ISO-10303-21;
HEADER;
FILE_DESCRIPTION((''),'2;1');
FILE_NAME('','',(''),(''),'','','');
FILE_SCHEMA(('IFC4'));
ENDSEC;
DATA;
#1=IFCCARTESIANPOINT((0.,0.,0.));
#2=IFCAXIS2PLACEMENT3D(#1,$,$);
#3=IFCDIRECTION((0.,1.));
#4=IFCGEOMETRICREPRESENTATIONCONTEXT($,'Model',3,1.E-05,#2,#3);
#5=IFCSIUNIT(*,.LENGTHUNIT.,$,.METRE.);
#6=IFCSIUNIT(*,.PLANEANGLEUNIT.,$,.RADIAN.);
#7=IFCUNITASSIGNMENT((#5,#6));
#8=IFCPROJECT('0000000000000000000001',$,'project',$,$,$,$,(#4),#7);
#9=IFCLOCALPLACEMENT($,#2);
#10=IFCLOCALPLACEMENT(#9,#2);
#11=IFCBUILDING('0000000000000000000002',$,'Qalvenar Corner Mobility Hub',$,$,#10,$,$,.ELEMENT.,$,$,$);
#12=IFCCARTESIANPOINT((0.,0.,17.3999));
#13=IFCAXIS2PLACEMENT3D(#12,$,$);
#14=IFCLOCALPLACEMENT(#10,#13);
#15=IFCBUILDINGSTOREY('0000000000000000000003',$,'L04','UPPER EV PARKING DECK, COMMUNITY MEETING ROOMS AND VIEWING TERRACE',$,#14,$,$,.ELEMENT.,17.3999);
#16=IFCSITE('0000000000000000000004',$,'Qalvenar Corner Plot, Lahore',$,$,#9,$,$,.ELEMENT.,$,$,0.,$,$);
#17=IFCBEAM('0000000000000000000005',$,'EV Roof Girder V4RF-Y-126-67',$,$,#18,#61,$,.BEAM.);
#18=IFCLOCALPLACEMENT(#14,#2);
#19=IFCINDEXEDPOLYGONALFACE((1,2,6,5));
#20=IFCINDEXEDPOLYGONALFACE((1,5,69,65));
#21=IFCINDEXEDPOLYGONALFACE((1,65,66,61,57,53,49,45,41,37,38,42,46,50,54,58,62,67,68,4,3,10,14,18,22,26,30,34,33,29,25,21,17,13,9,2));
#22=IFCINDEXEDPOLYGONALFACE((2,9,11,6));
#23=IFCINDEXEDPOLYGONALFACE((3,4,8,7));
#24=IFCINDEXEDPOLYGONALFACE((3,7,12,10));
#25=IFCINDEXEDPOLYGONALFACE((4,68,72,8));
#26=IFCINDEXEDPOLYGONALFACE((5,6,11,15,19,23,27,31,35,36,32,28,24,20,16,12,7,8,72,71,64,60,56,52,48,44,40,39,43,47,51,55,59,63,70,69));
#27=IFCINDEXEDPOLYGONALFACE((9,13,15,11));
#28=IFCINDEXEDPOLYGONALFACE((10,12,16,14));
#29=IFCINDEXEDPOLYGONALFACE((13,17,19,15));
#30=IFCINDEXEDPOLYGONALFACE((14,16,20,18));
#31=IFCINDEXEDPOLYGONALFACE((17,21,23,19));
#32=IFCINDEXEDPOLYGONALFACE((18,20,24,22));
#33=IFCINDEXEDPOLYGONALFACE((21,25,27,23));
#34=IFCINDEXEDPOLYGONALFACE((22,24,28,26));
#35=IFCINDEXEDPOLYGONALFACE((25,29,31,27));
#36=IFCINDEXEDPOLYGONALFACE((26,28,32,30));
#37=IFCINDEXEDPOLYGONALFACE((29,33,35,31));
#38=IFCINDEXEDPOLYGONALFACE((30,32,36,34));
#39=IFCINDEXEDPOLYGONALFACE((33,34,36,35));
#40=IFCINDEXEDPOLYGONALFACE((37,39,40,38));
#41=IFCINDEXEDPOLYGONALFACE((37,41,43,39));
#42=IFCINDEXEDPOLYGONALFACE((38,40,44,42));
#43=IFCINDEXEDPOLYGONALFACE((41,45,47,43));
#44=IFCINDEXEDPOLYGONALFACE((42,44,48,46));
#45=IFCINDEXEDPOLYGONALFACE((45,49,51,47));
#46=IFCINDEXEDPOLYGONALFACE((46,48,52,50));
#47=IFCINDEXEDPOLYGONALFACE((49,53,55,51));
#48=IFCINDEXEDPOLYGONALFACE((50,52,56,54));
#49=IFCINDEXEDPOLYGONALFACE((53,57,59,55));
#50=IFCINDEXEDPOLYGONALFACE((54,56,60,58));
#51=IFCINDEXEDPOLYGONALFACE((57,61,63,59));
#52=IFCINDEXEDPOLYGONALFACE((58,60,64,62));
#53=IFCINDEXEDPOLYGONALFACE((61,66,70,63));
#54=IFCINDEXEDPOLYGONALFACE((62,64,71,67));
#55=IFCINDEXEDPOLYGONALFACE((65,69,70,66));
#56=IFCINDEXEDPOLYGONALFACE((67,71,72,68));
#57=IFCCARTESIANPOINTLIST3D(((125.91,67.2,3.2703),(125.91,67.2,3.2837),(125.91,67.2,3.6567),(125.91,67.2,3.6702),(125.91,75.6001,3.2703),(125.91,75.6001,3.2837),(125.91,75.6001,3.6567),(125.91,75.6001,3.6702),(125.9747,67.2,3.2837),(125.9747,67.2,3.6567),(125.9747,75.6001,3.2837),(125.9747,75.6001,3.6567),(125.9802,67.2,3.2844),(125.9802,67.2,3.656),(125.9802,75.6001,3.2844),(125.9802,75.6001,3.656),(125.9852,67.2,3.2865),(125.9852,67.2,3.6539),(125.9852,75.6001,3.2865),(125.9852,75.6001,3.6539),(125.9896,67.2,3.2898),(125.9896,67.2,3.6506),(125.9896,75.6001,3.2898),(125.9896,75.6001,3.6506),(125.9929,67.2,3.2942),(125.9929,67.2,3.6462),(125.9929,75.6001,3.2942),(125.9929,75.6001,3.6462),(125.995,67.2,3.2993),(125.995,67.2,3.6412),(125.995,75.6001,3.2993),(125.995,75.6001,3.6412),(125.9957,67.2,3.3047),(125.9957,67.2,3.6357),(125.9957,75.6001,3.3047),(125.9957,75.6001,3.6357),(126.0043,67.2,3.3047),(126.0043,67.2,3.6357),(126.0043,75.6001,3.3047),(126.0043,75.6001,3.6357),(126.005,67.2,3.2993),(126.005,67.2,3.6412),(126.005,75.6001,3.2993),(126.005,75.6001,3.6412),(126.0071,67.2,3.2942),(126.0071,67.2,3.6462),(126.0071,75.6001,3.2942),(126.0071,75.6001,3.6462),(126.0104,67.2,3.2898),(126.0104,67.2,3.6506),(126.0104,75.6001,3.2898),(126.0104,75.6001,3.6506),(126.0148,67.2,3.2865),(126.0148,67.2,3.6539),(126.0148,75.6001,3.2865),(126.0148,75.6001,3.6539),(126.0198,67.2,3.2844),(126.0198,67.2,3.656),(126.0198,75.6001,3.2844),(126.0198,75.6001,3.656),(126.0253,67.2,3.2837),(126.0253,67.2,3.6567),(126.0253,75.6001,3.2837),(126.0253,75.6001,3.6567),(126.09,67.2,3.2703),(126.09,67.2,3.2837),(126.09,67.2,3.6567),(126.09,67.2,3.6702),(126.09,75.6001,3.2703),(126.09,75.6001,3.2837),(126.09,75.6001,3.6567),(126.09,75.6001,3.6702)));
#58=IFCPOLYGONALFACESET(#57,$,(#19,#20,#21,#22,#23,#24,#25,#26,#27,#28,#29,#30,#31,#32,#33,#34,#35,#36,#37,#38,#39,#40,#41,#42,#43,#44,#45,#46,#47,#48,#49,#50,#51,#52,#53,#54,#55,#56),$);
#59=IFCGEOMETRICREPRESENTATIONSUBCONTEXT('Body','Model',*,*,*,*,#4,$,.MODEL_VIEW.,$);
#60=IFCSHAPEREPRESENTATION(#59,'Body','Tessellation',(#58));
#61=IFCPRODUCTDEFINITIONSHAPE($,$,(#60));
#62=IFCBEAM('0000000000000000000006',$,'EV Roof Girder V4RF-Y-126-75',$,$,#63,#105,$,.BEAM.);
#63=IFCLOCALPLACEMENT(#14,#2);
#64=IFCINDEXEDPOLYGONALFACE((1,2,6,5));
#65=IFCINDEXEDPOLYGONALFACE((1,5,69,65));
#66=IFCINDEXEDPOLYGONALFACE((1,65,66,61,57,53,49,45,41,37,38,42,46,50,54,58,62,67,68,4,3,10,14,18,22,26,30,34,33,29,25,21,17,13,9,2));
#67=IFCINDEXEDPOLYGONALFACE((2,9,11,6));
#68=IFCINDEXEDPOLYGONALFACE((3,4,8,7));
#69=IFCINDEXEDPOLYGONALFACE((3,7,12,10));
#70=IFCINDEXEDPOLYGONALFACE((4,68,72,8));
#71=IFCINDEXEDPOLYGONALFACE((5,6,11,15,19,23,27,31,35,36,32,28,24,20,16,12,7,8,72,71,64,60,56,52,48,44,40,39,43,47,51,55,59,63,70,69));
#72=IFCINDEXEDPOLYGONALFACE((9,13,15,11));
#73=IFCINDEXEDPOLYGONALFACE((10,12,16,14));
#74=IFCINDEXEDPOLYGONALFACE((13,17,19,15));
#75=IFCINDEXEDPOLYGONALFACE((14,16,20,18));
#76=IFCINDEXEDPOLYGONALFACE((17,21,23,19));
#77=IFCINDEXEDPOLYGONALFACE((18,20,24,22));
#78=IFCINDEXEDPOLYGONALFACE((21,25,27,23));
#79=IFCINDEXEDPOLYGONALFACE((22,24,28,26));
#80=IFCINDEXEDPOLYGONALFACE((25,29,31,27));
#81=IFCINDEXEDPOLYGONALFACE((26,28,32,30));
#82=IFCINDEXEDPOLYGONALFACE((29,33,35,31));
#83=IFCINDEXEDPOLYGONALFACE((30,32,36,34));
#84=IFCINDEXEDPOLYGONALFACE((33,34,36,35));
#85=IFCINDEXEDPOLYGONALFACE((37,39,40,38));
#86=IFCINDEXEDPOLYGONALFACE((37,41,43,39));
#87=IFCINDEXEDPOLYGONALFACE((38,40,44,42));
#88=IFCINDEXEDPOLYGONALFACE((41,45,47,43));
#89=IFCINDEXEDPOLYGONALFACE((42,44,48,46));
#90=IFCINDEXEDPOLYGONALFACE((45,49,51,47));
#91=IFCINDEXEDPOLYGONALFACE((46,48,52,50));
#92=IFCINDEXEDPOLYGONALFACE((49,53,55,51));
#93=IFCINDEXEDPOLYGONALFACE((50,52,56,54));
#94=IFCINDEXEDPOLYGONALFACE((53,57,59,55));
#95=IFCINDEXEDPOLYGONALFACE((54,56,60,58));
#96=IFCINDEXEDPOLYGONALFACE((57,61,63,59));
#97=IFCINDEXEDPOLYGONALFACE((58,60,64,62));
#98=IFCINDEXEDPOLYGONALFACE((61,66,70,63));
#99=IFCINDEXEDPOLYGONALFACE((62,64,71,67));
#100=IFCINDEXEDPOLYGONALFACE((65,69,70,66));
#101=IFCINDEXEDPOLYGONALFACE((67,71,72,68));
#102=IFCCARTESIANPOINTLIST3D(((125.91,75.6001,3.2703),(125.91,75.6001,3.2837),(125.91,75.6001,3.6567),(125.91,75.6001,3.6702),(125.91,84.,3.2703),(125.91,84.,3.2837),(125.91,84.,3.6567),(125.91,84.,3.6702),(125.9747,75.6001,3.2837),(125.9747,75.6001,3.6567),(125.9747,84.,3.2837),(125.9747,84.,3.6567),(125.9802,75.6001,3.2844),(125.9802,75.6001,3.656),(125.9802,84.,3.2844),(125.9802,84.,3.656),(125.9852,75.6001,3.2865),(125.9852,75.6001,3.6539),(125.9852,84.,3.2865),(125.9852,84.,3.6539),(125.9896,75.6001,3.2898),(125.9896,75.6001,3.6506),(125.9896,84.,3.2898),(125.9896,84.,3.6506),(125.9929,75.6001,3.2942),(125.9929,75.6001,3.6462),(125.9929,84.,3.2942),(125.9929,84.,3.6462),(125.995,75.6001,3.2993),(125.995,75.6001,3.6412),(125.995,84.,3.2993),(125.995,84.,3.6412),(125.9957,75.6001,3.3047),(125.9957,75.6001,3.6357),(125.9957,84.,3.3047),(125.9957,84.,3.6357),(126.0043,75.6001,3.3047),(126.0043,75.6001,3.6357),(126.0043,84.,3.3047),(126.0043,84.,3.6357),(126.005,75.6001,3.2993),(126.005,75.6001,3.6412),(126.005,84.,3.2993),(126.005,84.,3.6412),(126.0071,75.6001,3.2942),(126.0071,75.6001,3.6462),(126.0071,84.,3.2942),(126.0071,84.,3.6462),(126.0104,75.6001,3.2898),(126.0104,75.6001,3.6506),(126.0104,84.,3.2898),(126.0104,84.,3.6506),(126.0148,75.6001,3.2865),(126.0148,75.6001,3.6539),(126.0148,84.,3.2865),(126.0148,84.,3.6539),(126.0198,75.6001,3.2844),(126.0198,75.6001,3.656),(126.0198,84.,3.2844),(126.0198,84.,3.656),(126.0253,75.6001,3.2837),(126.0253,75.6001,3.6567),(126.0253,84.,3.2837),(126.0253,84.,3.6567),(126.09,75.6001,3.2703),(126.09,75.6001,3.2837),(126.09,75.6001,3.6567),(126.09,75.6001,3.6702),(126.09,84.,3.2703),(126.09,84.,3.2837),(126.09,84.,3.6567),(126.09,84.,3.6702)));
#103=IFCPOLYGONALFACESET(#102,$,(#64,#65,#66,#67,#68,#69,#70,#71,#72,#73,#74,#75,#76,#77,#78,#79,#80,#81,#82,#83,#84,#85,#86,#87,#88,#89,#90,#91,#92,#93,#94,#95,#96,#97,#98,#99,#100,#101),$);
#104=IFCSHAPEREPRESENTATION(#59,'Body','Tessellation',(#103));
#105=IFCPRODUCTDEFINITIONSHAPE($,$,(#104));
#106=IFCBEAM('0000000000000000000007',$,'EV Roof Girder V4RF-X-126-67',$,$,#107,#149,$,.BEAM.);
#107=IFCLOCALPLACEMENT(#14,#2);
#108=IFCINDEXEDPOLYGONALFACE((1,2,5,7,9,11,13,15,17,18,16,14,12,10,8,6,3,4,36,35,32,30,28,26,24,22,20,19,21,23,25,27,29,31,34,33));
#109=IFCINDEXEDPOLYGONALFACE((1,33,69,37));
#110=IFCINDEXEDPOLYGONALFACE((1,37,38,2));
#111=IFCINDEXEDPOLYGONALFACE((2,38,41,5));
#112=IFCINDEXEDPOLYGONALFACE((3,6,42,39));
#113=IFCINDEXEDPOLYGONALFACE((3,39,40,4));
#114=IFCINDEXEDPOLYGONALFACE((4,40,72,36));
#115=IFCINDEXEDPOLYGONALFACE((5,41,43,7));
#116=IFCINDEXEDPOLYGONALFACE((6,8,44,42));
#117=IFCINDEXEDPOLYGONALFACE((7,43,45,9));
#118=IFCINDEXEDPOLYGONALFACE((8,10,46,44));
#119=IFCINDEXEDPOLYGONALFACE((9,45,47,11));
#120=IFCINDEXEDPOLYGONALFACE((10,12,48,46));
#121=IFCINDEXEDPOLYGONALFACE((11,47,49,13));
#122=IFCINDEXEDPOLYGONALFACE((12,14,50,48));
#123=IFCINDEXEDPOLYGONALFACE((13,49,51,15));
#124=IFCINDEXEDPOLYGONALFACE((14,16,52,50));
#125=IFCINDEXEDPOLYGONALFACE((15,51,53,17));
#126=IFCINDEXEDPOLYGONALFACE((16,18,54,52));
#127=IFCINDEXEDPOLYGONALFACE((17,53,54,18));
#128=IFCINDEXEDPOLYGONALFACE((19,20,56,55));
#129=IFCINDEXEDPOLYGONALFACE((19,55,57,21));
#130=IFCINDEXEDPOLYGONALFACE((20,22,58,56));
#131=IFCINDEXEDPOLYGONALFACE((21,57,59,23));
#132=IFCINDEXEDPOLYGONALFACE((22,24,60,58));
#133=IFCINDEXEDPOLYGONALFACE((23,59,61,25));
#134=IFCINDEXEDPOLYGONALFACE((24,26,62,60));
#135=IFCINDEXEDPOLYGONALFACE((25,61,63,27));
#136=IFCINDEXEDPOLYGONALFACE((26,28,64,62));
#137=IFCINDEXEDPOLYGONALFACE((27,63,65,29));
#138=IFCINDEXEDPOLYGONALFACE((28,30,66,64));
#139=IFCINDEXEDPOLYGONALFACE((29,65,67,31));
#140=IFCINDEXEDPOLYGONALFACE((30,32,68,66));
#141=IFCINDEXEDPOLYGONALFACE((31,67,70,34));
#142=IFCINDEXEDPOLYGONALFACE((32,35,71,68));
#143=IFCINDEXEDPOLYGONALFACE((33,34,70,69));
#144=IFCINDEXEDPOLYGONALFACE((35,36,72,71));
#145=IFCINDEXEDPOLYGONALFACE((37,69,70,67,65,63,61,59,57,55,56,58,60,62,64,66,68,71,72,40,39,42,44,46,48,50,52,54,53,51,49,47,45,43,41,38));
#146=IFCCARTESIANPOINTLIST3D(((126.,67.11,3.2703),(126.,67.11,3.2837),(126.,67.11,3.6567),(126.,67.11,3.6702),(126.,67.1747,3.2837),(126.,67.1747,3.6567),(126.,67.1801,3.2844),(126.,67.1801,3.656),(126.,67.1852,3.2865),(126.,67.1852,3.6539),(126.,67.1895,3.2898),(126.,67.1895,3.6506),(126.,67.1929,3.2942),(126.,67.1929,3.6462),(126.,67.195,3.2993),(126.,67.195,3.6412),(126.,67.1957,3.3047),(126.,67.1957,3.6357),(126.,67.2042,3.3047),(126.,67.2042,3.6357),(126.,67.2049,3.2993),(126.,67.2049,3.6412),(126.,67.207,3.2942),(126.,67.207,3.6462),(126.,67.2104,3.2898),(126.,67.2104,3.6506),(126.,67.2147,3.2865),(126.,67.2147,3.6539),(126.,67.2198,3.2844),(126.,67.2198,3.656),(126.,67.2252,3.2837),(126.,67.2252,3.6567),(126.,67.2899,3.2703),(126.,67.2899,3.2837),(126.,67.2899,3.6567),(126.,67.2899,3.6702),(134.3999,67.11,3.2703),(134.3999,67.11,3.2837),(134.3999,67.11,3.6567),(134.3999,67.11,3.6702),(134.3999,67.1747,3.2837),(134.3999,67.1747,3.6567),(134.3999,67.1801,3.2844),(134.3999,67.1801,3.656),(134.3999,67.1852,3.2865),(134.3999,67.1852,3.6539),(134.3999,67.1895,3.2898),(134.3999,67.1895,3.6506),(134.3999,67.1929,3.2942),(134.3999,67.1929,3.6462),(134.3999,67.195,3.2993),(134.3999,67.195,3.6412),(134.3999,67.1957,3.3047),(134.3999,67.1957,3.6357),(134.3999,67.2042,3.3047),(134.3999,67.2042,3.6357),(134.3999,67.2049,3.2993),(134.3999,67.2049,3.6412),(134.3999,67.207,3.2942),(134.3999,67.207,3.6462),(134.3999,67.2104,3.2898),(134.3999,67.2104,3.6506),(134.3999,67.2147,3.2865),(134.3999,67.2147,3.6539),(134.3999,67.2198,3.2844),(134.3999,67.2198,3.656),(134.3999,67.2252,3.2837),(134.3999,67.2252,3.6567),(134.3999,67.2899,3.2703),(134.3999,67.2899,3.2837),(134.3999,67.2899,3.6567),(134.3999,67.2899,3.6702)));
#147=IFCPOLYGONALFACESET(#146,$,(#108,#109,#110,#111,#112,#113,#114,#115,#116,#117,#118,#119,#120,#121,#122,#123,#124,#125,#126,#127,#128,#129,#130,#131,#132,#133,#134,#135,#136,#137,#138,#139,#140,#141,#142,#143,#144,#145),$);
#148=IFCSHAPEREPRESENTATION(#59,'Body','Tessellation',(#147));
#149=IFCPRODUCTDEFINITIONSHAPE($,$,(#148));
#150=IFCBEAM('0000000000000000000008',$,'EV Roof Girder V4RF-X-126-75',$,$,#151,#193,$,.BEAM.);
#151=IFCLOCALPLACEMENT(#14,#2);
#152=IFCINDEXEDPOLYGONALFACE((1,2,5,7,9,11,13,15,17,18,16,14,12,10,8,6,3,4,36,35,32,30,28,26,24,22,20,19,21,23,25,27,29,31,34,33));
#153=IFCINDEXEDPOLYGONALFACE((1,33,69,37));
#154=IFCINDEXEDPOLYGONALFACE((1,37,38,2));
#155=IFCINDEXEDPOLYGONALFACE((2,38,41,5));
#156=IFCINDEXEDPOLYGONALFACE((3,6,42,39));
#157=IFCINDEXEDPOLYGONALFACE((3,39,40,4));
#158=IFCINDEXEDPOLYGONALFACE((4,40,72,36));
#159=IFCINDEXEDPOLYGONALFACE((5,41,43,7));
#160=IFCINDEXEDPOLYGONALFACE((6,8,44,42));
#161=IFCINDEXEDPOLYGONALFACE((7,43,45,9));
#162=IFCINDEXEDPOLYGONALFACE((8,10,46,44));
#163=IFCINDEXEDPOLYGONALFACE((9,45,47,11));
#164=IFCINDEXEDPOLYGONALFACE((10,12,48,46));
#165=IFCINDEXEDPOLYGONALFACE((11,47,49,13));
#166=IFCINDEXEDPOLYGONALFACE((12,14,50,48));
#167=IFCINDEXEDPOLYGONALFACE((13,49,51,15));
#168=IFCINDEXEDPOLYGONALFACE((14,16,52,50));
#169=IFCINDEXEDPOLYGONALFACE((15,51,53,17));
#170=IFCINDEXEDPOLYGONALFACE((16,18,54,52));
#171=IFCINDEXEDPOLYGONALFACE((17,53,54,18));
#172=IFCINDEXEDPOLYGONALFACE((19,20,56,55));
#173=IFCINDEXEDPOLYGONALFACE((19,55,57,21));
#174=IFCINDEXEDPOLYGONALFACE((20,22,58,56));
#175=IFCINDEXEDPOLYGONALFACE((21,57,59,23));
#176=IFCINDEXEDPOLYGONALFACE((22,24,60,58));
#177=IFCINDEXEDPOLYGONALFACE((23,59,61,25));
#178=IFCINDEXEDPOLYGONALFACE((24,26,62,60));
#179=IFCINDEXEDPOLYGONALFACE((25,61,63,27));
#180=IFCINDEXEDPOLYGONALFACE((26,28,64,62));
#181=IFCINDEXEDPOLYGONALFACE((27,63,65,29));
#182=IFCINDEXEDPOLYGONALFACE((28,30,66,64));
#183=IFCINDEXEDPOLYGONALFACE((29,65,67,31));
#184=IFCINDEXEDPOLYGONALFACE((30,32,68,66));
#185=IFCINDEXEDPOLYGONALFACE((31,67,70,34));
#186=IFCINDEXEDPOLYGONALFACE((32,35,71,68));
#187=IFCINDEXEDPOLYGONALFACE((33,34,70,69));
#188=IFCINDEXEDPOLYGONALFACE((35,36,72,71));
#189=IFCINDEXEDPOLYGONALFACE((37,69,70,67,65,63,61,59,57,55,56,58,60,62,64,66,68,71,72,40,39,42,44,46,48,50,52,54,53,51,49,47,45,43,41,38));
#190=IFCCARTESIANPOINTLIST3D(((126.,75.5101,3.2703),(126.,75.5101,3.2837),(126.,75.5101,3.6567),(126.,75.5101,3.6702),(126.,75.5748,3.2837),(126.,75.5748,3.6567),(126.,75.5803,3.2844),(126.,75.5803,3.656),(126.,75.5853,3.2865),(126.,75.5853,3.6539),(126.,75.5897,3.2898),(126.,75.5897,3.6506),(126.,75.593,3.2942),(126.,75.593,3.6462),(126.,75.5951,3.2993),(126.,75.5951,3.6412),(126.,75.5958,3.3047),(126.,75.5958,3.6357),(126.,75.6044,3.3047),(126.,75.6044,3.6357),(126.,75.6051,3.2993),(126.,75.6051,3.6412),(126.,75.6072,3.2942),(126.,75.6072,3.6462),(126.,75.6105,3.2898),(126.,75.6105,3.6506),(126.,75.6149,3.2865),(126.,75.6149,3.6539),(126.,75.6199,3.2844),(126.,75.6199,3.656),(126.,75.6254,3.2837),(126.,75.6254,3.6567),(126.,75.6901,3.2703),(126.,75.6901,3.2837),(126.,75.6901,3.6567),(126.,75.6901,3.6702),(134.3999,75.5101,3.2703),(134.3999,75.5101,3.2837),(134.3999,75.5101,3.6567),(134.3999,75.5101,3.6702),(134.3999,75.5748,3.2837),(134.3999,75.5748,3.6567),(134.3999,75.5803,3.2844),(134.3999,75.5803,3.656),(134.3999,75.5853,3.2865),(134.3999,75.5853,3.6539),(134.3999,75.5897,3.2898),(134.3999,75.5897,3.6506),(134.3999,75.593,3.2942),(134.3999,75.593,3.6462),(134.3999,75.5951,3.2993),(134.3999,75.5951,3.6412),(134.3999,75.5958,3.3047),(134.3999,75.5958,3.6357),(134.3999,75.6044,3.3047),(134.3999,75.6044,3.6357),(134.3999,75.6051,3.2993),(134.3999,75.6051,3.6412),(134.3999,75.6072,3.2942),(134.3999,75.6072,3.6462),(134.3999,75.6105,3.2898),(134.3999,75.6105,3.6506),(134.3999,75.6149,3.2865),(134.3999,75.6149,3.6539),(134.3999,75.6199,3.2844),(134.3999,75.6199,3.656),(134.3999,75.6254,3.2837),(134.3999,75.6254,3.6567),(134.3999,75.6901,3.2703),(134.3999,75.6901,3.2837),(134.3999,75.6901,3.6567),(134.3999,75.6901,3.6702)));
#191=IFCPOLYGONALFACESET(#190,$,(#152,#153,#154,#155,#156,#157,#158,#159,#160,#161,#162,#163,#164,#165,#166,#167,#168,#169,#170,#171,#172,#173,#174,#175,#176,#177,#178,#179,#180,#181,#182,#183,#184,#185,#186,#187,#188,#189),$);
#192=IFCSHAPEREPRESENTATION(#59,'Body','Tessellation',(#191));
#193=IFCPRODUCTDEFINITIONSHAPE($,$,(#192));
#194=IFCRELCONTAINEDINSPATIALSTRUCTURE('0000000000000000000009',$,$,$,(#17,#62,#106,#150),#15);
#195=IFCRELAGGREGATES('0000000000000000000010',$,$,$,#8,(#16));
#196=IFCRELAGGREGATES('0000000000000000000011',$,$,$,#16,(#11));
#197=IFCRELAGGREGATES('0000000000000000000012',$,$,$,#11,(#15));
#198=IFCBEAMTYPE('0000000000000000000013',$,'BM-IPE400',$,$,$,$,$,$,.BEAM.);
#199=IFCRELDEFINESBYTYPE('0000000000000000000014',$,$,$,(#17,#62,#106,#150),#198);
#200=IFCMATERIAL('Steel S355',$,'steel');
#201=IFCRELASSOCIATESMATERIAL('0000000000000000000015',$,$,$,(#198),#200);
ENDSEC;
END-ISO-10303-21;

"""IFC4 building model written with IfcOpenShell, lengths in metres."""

from ifc_helpers import new_model, si_unit, direction, frame, origin, origin_2d, place, context, subcontext, project, spatial, i_section, extrude, material, material_profile, profile_set, type_object, element, save


model = new_model("IFC4")

# Units and contexts
model_context = context("Model", 3, precision=1e-05, world=origin(), true_north=direction((0.0, 1.0)))
body_context = subcontext(model_context, "Body", "Model", "MODEL_VIEW")
ifc_project = project(units=[si_unit("LENGTHUNIT", "METRE"), si_unit("PLANEANGLEUNIT", "RADIAN")], contexts=[model_context])

# Site, building, storey
site_placement = place(None, origin())
site = spatial("IfcSite", under=ifc_project, at=site_placement, Name="Qalvenar Corner Plot, Lahore", CompositionType="ELEMENT", RefElevation=0.0)
building_placement = place(site_placement, origin())
building = spatial("IfcBuilding", under=site, at=building_placement, Name="Qalvenar Corner Mobility Hub", CompositionType="ELEMENT")
storey_placement = place(building_placement, frame((0.0, 0.0, 17.3999)))
storey = spatial("IfcBuildingStorey", under=building, at=storey_placement, Name="L04", Description="UPPER EV PARKING DECK, COMMUNITY MEETING ROOMS AND VIEWING TERRACE", CompositionType="ELEMENT", Elevation=17.3999)

# Shared definitions
ifc_material = material(Name="Steel S355", Category="steel")

# Beams
ifc_material_profile_1 = material_profile(ifc_material, i_section(OverallWidth=0.1799, OverallDepth=0.3999, WebThickness=0.0085, FlangeThickness=0.0134, FilletRadius=0.021, at=origin_2d()), Name="IPE400")
ifc_profile_set_1 = profile_set([ifc_material_profile_1], Name="Steel S355")
beam_type_1 = type_object("IfcBeamType", Name="BM-IPE400", PredefinedType="BEAM", material=ifc_profile_set_1)
beam_1_placement = place(storey_placement, frame((126.0, 67.2, 3.4702), z_axis=(0.0, 1.0, 0.0), x_axis=(-1.0, 0.0, 0.0)))
element("IfcBeam", 1, at=beam_1_placement, inside=storey, type_object=beam_type_1, Name="EV Roof Girder V4RF-Y-126-67", PredefinedType="BEAM", context=body_context, shape_type="SweptSolid", body=[
    extrude(i_section(OverallWidth=0.1799, OverallDepth=0.3999, WebThickness=0.0085, FlangeThickness=0.0134, FilletRadius=0.021, at=origin_2d()), origin(), (0.0, 0.0, 1.0), 8.4001),
])
for number, where, z_axis, x_axis, name in (
    (2, (126.0, 75.6001, 3.4702), (0.0, 1.0, 0.0), (-1.0, 0.0, 0.0), "EV Roof Girder V4RF-Y-126-75"),
    (3, (126.0, 67.2, 3.4702), (1.0, 0.0, 0.0), (0.0, 1.0, 0.0), "EV Roof Girder V4RF-X-126-67"),
    (4, (126.0, 75.6001, 3.4702), (1.0, 0.0, 0.0), (0.0, 1.0, 0.0), "EV Roof Girder V4RF-X-126-75"),
):
    element("IfcBeam", number, at=place(storey_placement, frame(where, z_axis=z_axis, x_axis=x_axis)), inside=storey, type_object=beam_type_1, Name=name, PredefinedType="BEAM", context=body_context, shape_type="SweptSolid", body=[
        extrude(i_section(OverallWidth=0.1799, OverallDepth=0.3999, WebThickness=0.0085, FlangeThickness=0.0134, FilletRadius=0.021, at=origin_2d()), origin(), (0.0, 0.0, 1.0), 8.3999),
    ])

save(model, "model.ifc")
